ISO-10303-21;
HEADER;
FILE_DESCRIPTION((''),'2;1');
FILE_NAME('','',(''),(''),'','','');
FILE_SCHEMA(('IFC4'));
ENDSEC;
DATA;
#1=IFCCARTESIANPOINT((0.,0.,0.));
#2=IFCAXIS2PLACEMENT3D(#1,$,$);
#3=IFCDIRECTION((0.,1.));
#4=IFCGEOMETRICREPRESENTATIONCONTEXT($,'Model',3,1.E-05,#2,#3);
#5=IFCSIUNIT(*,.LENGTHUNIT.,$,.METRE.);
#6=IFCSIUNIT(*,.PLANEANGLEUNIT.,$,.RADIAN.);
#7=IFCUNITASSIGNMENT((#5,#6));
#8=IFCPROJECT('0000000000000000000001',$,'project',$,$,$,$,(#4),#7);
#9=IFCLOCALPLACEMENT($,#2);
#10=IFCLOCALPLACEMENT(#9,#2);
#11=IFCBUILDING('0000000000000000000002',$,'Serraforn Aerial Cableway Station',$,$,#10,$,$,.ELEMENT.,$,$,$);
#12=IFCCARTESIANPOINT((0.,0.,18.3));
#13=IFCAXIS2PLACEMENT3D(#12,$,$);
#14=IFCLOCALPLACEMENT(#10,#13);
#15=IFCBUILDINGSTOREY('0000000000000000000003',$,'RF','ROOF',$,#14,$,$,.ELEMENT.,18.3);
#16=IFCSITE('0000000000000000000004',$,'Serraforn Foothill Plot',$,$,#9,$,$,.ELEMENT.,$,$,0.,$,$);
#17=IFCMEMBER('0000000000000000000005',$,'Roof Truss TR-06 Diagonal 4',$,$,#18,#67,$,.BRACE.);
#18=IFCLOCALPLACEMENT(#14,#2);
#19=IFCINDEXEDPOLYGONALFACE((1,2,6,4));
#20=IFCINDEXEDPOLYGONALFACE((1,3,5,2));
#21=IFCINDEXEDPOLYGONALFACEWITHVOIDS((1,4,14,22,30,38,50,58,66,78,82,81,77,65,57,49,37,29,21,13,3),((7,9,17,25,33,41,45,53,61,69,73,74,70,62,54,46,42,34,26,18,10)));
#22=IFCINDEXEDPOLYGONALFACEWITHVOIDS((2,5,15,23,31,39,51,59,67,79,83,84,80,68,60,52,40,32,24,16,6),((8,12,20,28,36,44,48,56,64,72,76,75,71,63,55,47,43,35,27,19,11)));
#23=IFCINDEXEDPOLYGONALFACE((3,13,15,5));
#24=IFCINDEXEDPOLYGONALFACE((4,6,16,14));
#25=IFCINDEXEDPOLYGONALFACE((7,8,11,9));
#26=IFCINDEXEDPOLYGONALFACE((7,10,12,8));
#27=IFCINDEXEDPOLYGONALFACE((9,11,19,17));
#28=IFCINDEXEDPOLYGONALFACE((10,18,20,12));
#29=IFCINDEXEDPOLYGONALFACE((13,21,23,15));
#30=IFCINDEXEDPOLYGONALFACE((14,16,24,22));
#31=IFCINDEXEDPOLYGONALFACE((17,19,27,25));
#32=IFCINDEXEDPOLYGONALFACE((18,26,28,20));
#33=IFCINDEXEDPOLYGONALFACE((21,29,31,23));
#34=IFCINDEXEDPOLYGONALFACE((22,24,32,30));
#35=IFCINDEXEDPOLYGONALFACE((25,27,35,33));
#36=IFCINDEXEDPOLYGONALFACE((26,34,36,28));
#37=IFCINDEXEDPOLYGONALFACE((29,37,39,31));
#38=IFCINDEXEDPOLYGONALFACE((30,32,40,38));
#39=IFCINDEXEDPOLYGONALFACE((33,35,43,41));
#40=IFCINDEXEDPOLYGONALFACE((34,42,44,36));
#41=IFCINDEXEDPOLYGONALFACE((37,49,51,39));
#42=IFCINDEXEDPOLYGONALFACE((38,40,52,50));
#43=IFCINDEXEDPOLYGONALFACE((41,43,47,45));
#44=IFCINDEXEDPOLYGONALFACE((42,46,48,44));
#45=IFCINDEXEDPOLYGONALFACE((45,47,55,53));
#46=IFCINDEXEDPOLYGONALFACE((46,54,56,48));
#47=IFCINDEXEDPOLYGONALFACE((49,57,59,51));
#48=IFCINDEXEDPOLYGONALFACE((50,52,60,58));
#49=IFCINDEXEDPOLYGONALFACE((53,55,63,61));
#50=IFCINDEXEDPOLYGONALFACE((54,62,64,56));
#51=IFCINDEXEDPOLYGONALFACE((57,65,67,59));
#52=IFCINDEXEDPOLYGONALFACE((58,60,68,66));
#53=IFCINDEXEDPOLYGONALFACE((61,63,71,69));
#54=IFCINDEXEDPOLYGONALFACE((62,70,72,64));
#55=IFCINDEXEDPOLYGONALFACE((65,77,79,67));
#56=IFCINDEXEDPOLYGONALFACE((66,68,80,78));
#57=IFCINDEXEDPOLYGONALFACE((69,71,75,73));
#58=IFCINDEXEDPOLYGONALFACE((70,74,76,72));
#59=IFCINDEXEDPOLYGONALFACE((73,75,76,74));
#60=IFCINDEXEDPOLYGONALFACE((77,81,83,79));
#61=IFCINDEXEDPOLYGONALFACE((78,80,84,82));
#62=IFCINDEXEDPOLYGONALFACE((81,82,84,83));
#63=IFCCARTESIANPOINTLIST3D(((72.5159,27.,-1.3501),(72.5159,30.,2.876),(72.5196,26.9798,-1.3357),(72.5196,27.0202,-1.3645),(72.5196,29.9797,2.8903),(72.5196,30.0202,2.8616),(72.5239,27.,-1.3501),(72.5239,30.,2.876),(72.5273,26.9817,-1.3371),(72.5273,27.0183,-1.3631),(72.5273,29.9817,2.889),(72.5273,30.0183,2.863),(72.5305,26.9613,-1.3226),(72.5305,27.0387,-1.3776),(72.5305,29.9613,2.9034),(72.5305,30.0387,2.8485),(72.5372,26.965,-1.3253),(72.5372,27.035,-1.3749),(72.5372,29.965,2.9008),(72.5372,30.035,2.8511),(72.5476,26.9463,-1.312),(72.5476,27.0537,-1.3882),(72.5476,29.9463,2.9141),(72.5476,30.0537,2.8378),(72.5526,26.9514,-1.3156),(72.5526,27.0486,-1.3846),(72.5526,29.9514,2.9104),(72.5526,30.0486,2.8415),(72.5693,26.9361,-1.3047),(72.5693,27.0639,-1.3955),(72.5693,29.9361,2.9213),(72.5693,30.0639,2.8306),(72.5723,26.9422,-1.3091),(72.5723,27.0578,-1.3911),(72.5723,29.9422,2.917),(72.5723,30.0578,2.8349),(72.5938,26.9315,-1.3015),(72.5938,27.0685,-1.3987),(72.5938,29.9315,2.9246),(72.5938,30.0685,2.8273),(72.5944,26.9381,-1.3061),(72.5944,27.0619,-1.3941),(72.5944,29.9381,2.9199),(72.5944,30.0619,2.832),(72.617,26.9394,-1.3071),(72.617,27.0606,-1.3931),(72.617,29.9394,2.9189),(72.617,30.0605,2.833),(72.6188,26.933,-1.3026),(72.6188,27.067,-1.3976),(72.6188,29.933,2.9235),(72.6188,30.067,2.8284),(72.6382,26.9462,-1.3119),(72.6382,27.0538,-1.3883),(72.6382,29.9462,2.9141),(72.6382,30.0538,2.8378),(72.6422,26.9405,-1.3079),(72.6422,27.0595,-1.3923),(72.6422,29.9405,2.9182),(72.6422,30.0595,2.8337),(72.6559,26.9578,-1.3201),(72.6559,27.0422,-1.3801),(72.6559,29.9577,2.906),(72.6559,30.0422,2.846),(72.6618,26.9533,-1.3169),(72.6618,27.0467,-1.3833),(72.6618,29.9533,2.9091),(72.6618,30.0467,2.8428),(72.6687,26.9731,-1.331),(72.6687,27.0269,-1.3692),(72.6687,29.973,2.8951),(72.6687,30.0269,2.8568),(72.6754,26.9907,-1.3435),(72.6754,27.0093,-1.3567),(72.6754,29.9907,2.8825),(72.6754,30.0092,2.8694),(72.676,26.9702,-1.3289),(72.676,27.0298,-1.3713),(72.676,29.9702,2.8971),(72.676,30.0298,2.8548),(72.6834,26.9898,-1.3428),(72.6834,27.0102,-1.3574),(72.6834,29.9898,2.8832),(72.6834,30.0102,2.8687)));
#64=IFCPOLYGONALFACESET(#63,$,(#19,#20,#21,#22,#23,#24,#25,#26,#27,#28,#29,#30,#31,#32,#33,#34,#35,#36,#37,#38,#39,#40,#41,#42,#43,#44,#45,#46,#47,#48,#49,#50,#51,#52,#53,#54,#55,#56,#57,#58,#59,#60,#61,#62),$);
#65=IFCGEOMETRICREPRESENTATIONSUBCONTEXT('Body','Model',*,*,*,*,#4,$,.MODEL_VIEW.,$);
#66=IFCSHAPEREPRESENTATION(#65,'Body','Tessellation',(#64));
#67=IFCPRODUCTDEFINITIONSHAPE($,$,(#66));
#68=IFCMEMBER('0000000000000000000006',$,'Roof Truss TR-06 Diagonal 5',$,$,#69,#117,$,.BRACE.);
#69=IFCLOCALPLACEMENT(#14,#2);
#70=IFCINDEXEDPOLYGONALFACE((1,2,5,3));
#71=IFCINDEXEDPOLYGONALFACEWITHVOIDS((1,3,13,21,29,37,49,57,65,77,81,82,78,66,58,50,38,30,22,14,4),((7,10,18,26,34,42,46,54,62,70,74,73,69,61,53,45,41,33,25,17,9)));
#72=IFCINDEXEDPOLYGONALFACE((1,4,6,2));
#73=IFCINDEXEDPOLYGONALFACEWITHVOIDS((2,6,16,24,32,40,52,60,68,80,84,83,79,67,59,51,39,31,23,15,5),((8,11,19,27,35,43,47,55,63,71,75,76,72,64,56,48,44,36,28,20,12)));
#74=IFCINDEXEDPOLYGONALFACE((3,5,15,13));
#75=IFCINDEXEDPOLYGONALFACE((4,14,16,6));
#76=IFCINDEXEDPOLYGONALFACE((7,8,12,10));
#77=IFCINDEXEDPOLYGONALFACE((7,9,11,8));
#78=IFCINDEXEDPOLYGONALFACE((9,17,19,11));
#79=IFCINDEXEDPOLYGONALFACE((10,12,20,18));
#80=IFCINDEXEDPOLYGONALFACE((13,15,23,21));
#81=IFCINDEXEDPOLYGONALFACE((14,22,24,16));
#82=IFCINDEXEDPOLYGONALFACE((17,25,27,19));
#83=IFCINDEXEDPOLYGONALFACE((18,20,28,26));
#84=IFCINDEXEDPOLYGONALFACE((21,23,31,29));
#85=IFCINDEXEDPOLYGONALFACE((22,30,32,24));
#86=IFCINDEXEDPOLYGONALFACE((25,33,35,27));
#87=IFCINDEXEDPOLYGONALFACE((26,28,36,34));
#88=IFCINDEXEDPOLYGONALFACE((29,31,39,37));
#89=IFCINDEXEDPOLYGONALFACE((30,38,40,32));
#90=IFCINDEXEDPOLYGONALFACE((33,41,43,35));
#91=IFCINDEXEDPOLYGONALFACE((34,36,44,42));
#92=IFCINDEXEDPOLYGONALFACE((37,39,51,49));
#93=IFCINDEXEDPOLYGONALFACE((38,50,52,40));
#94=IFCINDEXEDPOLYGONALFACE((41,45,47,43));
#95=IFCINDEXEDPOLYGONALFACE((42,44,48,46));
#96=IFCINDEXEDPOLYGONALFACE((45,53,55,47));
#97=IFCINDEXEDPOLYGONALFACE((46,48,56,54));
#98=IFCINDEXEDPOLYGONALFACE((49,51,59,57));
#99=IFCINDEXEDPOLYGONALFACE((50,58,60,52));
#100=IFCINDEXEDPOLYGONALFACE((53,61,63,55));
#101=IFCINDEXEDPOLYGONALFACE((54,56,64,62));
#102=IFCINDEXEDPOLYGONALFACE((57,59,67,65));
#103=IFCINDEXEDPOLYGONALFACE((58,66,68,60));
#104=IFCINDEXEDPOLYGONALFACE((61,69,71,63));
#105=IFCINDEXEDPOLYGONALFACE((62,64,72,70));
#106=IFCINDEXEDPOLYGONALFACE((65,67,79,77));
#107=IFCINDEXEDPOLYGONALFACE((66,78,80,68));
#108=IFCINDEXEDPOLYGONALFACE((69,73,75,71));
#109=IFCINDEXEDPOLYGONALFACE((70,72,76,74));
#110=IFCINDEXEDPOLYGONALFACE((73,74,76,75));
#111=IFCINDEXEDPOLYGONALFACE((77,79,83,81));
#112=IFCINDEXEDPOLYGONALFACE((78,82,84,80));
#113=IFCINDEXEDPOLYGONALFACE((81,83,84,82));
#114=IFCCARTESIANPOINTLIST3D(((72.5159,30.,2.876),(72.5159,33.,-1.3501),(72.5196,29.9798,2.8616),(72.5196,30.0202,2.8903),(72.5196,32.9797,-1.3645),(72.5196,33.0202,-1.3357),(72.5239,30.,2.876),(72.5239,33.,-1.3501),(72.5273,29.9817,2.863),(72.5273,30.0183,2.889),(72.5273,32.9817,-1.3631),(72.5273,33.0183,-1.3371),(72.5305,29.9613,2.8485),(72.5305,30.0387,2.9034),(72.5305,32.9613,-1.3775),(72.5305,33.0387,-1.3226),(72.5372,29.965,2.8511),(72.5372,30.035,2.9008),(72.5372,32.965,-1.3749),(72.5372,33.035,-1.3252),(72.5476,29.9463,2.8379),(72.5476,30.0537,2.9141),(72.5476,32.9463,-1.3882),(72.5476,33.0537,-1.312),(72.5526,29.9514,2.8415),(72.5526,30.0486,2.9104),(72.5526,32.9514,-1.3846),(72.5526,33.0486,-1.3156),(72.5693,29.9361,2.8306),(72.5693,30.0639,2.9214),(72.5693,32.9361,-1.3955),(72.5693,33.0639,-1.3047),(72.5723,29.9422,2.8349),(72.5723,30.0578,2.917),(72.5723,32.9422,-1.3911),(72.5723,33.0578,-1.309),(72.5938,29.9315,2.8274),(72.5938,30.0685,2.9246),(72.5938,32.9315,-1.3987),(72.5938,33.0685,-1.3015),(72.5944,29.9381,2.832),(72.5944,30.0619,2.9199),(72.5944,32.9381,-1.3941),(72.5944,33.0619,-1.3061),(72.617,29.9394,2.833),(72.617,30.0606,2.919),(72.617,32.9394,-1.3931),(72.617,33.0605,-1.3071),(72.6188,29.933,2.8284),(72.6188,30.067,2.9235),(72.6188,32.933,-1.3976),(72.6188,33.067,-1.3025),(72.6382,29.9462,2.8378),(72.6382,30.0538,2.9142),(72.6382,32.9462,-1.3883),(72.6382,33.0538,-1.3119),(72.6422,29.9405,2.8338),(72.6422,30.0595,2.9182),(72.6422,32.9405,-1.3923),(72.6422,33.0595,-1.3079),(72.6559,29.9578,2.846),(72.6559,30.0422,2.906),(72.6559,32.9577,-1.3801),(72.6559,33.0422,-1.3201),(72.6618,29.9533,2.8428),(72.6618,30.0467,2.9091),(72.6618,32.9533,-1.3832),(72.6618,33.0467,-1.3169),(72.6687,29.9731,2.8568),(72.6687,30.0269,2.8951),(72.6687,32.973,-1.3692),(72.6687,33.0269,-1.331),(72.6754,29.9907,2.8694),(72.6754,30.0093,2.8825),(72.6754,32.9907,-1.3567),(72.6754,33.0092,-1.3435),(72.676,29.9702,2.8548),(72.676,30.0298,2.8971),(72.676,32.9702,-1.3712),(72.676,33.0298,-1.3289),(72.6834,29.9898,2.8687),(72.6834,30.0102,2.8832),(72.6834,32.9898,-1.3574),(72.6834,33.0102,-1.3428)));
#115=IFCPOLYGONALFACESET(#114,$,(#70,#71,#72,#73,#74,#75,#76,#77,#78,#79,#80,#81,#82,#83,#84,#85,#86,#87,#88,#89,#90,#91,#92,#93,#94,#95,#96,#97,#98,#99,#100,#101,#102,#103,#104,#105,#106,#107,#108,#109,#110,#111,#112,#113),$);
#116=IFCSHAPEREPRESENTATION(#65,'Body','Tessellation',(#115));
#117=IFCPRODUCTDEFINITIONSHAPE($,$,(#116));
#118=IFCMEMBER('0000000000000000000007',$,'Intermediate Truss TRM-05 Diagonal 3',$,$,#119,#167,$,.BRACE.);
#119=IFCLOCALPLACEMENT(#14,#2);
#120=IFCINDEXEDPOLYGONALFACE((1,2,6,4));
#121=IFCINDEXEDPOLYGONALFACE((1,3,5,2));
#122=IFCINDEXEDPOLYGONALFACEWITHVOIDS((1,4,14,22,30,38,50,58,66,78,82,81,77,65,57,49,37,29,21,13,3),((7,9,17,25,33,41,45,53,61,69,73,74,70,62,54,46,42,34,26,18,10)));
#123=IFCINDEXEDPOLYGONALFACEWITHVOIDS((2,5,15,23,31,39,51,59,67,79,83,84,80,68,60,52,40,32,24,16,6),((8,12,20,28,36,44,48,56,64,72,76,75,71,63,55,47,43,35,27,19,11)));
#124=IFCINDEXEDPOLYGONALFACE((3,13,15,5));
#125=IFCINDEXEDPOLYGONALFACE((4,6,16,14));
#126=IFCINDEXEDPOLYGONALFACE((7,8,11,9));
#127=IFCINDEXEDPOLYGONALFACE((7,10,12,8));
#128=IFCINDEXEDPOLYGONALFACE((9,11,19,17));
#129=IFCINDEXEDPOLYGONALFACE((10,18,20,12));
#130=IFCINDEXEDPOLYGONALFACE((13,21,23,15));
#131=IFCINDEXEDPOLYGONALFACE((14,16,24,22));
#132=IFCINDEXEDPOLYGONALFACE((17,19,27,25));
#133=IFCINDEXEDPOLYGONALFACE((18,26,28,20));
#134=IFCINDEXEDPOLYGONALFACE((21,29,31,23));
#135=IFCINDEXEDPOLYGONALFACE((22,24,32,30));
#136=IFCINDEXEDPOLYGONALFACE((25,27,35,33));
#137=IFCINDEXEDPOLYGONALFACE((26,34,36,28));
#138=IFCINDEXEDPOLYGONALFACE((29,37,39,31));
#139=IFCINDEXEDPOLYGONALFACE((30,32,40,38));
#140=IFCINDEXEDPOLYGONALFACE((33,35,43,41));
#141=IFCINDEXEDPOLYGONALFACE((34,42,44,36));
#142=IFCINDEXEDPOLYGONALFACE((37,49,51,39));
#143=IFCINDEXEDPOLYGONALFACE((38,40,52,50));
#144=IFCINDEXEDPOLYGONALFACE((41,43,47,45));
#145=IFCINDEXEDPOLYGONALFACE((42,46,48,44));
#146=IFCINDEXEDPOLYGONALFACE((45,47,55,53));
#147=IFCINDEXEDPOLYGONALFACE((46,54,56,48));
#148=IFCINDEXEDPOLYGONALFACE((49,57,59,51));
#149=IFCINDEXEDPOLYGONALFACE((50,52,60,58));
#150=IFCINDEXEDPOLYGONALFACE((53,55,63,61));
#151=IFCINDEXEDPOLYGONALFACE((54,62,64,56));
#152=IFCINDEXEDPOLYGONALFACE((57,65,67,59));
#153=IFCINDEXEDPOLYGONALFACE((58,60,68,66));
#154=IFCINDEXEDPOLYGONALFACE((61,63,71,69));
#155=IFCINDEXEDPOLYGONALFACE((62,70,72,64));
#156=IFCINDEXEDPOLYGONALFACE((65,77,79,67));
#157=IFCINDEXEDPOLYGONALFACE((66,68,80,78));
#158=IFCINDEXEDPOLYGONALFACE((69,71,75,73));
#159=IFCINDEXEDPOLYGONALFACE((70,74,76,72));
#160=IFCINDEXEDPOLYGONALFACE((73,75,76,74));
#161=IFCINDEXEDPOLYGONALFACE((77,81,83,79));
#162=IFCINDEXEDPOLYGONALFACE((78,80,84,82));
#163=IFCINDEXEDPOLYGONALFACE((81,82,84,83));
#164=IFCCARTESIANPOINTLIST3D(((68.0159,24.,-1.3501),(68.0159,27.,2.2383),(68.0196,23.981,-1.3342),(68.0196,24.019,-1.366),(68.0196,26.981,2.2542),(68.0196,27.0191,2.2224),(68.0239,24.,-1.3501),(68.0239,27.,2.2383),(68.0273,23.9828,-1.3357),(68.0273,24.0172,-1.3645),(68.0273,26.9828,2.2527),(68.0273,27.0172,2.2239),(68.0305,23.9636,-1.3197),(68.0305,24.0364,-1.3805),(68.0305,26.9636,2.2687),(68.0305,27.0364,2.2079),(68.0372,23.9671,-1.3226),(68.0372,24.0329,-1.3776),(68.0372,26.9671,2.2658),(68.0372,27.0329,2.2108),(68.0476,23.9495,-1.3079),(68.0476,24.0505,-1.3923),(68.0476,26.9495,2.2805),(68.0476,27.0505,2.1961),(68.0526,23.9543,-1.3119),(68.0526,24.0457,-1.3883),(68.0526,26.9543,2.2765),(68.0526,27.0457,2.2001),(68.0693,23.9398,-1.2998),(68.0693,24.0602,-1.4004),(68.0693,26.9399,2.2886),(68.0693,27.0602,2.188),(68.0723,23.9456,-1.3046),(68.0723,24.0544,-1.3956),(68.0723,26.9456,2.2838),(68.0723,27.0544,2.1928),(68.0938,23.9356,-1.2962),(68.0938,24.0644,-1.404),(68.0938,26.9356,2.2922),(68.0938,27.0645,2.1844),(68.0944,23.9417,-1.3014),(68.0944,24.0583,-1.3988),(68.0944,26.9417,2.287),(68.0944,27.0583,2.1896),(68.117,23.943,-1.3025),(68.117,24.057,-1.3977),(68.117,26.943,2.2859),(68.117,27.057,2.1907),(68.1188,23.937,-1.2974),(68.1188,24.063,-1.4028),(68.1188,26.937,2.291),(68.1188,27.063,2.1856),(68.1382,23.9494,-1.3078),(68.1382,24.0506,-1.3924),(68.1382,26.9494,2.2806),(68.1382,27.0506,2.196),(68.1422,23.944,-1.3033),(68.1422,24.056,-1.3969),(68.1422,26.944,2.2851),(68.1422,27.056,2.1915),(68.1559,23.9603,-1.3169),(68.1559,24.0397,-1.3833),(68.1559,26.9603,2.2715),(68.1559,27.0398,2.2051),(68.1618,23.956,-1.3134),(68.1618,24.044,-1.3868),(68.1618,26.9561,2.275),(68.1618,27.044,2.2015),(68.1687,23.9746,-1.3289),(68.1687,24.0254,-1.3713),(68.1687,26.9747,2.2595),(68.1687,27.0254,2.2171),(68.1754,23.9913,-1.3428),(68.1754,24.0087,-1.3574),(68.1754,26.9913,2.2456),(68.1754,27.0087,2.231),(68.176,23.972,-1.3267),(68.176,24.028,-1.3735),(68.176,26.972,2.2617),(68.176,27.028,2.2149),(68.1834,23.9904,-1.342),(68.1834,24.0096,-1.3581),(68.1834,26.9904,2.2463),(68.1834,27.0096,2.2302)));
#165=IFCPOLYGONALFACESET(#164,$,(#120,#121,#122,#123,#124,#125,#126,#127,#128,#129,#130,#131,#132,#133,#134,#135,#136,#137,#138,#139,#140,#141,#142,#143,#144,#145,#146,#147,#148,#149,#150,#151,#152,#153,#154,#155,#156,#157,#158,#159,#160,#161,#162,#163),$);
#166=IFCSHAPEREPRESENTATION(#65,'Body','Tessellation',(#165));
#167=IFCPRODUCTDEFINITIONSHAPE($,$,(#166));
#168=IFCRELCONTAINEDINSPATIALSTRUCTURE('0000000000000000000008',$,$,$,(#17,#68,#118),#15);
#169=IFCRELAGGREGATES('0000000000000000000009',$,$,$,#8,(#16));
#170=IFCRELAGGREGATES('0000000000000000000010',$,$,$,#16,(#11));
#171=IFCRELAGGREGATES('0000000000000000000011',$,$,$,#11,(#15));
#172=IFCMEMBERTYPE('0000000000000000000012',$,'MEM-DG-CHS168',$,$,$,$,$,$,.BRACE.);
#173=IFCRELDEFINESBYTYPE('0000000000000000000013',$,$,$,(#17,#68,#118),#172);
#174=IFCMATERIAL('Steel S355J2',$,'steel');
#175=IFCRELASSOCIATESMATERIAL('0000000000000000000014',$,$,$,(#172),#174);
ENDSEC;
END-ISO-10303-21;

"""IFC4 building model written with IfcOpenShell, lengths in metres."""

from ifc_helpers import new_model, si_unit, direction, frame, origin, origin_2d, place, context, subcontext, project, spatial, hollow_circle, extrude, material, material_profile, profile_set, type_object, element, save


model = new_model("IFC4")

# Units and contexts
model_context = context("Model", 3, precision=1e-05, world=origin(), true_north=direction((0.0, 1.0)))
body_context = subcontext(model_context, "Body", "Model", "MODEL_VIEW")
ifc_project = project(units=[si_unit("LENGTHUNIT", "METRE"), si_unit("PLANEANGLEUNIT", "RADIAN")], contexts=[model_context])

# Site, building, storey
site_placement = place(None, origin())
site = spatial("IfcSite", under=ifc_project, at=site_placement, Name="Serraforn Foothill Plot", CompositionType="ELEMENT", RefElevation=0.0)
building_placement = place(site_placement, origin())
building = spatial("IfcBuilding", under=site, at=building_placement, Name="Serraforn Aerial Cableway Station", CompositionType="ELEMENT")
storey_placement = place(building_placement, frame((0.0, 0.0, 18.3)))
storey = spatial("IfcBuildingStorey", under=building, at=storey_placement, Name="RF", Description="ROOF", CompositionType="ELEMENT", Elevation=18.3)

# Members
ifc_material_1 = material(Name="Steel S355J2", Category="steel")
ifc_material_profile_1 = material_profile(ifc_material_1, hollow_circle(Radius=0.0842, WallThickness=0.0081, at=origin_2d()), Name="CHS 168.3x8.0")
ifc_profile_set_1 = profile_set([ifc_material_profile_1], Name="Steel S355J2")
member_type_1 = type_object("IfcMemberType", Name="MEM-DG-CHS168", PredefinedType="BRACE", material=ifc_profile_set_1)
for number, where, z_axis, x_axis, name in (
    (1, (72.6001, 27.0, -1.3501), (0.0, 0.578856, 0.81543), (-1.0, 0.0, 0.0), "Roof Truss TR-06 Diagonal 4"),
    (2, (72.6001, 30.0, 2.876), (0.0, 0.578856, -0.81543), (-1.0, 0.0, 0.0), "Roof Truss TR-06 Diagonal 5"),
):
    element("IfcMember", number, at=place(storey_placement, frame(where, z_axis=z_axis, x_axis=x_axis)), inside=storey, type_object=member_type_1, Name=name, PredefinedType="BRACE", context=body_context, shape_type="SweptSolid", body=[
        extrude(hollow_circle(Radius=0.0842, WallThickness=0.0081, at=origin_2d()), origin(), (0.0, 0.0, 1.0), 5.1826),
    ])
member_1_placement = place(storey_placement, frame((68.1001, 24.0, -1.3501), z_axis=(0.0, 0.641406, 0.767202), x_axis=(-1.0, 0.0, 0.0)))
element("IfcMember", 3, at=member_1_placement, inside=storey, type_object=member_type_1, Name="Intermediate Truss TRM-05 Diagonal 3", PredefinedType="BRACE", context=body_context, shape_type="SweptSolid", body=[
    extrude(hollow_circle(Radius=0.0842, WallThickness=0.0081, at=origin_2d()), origin(), (0.0, 0.0, 1.0), 4.6772),
])

save(model, "model.ifc")
